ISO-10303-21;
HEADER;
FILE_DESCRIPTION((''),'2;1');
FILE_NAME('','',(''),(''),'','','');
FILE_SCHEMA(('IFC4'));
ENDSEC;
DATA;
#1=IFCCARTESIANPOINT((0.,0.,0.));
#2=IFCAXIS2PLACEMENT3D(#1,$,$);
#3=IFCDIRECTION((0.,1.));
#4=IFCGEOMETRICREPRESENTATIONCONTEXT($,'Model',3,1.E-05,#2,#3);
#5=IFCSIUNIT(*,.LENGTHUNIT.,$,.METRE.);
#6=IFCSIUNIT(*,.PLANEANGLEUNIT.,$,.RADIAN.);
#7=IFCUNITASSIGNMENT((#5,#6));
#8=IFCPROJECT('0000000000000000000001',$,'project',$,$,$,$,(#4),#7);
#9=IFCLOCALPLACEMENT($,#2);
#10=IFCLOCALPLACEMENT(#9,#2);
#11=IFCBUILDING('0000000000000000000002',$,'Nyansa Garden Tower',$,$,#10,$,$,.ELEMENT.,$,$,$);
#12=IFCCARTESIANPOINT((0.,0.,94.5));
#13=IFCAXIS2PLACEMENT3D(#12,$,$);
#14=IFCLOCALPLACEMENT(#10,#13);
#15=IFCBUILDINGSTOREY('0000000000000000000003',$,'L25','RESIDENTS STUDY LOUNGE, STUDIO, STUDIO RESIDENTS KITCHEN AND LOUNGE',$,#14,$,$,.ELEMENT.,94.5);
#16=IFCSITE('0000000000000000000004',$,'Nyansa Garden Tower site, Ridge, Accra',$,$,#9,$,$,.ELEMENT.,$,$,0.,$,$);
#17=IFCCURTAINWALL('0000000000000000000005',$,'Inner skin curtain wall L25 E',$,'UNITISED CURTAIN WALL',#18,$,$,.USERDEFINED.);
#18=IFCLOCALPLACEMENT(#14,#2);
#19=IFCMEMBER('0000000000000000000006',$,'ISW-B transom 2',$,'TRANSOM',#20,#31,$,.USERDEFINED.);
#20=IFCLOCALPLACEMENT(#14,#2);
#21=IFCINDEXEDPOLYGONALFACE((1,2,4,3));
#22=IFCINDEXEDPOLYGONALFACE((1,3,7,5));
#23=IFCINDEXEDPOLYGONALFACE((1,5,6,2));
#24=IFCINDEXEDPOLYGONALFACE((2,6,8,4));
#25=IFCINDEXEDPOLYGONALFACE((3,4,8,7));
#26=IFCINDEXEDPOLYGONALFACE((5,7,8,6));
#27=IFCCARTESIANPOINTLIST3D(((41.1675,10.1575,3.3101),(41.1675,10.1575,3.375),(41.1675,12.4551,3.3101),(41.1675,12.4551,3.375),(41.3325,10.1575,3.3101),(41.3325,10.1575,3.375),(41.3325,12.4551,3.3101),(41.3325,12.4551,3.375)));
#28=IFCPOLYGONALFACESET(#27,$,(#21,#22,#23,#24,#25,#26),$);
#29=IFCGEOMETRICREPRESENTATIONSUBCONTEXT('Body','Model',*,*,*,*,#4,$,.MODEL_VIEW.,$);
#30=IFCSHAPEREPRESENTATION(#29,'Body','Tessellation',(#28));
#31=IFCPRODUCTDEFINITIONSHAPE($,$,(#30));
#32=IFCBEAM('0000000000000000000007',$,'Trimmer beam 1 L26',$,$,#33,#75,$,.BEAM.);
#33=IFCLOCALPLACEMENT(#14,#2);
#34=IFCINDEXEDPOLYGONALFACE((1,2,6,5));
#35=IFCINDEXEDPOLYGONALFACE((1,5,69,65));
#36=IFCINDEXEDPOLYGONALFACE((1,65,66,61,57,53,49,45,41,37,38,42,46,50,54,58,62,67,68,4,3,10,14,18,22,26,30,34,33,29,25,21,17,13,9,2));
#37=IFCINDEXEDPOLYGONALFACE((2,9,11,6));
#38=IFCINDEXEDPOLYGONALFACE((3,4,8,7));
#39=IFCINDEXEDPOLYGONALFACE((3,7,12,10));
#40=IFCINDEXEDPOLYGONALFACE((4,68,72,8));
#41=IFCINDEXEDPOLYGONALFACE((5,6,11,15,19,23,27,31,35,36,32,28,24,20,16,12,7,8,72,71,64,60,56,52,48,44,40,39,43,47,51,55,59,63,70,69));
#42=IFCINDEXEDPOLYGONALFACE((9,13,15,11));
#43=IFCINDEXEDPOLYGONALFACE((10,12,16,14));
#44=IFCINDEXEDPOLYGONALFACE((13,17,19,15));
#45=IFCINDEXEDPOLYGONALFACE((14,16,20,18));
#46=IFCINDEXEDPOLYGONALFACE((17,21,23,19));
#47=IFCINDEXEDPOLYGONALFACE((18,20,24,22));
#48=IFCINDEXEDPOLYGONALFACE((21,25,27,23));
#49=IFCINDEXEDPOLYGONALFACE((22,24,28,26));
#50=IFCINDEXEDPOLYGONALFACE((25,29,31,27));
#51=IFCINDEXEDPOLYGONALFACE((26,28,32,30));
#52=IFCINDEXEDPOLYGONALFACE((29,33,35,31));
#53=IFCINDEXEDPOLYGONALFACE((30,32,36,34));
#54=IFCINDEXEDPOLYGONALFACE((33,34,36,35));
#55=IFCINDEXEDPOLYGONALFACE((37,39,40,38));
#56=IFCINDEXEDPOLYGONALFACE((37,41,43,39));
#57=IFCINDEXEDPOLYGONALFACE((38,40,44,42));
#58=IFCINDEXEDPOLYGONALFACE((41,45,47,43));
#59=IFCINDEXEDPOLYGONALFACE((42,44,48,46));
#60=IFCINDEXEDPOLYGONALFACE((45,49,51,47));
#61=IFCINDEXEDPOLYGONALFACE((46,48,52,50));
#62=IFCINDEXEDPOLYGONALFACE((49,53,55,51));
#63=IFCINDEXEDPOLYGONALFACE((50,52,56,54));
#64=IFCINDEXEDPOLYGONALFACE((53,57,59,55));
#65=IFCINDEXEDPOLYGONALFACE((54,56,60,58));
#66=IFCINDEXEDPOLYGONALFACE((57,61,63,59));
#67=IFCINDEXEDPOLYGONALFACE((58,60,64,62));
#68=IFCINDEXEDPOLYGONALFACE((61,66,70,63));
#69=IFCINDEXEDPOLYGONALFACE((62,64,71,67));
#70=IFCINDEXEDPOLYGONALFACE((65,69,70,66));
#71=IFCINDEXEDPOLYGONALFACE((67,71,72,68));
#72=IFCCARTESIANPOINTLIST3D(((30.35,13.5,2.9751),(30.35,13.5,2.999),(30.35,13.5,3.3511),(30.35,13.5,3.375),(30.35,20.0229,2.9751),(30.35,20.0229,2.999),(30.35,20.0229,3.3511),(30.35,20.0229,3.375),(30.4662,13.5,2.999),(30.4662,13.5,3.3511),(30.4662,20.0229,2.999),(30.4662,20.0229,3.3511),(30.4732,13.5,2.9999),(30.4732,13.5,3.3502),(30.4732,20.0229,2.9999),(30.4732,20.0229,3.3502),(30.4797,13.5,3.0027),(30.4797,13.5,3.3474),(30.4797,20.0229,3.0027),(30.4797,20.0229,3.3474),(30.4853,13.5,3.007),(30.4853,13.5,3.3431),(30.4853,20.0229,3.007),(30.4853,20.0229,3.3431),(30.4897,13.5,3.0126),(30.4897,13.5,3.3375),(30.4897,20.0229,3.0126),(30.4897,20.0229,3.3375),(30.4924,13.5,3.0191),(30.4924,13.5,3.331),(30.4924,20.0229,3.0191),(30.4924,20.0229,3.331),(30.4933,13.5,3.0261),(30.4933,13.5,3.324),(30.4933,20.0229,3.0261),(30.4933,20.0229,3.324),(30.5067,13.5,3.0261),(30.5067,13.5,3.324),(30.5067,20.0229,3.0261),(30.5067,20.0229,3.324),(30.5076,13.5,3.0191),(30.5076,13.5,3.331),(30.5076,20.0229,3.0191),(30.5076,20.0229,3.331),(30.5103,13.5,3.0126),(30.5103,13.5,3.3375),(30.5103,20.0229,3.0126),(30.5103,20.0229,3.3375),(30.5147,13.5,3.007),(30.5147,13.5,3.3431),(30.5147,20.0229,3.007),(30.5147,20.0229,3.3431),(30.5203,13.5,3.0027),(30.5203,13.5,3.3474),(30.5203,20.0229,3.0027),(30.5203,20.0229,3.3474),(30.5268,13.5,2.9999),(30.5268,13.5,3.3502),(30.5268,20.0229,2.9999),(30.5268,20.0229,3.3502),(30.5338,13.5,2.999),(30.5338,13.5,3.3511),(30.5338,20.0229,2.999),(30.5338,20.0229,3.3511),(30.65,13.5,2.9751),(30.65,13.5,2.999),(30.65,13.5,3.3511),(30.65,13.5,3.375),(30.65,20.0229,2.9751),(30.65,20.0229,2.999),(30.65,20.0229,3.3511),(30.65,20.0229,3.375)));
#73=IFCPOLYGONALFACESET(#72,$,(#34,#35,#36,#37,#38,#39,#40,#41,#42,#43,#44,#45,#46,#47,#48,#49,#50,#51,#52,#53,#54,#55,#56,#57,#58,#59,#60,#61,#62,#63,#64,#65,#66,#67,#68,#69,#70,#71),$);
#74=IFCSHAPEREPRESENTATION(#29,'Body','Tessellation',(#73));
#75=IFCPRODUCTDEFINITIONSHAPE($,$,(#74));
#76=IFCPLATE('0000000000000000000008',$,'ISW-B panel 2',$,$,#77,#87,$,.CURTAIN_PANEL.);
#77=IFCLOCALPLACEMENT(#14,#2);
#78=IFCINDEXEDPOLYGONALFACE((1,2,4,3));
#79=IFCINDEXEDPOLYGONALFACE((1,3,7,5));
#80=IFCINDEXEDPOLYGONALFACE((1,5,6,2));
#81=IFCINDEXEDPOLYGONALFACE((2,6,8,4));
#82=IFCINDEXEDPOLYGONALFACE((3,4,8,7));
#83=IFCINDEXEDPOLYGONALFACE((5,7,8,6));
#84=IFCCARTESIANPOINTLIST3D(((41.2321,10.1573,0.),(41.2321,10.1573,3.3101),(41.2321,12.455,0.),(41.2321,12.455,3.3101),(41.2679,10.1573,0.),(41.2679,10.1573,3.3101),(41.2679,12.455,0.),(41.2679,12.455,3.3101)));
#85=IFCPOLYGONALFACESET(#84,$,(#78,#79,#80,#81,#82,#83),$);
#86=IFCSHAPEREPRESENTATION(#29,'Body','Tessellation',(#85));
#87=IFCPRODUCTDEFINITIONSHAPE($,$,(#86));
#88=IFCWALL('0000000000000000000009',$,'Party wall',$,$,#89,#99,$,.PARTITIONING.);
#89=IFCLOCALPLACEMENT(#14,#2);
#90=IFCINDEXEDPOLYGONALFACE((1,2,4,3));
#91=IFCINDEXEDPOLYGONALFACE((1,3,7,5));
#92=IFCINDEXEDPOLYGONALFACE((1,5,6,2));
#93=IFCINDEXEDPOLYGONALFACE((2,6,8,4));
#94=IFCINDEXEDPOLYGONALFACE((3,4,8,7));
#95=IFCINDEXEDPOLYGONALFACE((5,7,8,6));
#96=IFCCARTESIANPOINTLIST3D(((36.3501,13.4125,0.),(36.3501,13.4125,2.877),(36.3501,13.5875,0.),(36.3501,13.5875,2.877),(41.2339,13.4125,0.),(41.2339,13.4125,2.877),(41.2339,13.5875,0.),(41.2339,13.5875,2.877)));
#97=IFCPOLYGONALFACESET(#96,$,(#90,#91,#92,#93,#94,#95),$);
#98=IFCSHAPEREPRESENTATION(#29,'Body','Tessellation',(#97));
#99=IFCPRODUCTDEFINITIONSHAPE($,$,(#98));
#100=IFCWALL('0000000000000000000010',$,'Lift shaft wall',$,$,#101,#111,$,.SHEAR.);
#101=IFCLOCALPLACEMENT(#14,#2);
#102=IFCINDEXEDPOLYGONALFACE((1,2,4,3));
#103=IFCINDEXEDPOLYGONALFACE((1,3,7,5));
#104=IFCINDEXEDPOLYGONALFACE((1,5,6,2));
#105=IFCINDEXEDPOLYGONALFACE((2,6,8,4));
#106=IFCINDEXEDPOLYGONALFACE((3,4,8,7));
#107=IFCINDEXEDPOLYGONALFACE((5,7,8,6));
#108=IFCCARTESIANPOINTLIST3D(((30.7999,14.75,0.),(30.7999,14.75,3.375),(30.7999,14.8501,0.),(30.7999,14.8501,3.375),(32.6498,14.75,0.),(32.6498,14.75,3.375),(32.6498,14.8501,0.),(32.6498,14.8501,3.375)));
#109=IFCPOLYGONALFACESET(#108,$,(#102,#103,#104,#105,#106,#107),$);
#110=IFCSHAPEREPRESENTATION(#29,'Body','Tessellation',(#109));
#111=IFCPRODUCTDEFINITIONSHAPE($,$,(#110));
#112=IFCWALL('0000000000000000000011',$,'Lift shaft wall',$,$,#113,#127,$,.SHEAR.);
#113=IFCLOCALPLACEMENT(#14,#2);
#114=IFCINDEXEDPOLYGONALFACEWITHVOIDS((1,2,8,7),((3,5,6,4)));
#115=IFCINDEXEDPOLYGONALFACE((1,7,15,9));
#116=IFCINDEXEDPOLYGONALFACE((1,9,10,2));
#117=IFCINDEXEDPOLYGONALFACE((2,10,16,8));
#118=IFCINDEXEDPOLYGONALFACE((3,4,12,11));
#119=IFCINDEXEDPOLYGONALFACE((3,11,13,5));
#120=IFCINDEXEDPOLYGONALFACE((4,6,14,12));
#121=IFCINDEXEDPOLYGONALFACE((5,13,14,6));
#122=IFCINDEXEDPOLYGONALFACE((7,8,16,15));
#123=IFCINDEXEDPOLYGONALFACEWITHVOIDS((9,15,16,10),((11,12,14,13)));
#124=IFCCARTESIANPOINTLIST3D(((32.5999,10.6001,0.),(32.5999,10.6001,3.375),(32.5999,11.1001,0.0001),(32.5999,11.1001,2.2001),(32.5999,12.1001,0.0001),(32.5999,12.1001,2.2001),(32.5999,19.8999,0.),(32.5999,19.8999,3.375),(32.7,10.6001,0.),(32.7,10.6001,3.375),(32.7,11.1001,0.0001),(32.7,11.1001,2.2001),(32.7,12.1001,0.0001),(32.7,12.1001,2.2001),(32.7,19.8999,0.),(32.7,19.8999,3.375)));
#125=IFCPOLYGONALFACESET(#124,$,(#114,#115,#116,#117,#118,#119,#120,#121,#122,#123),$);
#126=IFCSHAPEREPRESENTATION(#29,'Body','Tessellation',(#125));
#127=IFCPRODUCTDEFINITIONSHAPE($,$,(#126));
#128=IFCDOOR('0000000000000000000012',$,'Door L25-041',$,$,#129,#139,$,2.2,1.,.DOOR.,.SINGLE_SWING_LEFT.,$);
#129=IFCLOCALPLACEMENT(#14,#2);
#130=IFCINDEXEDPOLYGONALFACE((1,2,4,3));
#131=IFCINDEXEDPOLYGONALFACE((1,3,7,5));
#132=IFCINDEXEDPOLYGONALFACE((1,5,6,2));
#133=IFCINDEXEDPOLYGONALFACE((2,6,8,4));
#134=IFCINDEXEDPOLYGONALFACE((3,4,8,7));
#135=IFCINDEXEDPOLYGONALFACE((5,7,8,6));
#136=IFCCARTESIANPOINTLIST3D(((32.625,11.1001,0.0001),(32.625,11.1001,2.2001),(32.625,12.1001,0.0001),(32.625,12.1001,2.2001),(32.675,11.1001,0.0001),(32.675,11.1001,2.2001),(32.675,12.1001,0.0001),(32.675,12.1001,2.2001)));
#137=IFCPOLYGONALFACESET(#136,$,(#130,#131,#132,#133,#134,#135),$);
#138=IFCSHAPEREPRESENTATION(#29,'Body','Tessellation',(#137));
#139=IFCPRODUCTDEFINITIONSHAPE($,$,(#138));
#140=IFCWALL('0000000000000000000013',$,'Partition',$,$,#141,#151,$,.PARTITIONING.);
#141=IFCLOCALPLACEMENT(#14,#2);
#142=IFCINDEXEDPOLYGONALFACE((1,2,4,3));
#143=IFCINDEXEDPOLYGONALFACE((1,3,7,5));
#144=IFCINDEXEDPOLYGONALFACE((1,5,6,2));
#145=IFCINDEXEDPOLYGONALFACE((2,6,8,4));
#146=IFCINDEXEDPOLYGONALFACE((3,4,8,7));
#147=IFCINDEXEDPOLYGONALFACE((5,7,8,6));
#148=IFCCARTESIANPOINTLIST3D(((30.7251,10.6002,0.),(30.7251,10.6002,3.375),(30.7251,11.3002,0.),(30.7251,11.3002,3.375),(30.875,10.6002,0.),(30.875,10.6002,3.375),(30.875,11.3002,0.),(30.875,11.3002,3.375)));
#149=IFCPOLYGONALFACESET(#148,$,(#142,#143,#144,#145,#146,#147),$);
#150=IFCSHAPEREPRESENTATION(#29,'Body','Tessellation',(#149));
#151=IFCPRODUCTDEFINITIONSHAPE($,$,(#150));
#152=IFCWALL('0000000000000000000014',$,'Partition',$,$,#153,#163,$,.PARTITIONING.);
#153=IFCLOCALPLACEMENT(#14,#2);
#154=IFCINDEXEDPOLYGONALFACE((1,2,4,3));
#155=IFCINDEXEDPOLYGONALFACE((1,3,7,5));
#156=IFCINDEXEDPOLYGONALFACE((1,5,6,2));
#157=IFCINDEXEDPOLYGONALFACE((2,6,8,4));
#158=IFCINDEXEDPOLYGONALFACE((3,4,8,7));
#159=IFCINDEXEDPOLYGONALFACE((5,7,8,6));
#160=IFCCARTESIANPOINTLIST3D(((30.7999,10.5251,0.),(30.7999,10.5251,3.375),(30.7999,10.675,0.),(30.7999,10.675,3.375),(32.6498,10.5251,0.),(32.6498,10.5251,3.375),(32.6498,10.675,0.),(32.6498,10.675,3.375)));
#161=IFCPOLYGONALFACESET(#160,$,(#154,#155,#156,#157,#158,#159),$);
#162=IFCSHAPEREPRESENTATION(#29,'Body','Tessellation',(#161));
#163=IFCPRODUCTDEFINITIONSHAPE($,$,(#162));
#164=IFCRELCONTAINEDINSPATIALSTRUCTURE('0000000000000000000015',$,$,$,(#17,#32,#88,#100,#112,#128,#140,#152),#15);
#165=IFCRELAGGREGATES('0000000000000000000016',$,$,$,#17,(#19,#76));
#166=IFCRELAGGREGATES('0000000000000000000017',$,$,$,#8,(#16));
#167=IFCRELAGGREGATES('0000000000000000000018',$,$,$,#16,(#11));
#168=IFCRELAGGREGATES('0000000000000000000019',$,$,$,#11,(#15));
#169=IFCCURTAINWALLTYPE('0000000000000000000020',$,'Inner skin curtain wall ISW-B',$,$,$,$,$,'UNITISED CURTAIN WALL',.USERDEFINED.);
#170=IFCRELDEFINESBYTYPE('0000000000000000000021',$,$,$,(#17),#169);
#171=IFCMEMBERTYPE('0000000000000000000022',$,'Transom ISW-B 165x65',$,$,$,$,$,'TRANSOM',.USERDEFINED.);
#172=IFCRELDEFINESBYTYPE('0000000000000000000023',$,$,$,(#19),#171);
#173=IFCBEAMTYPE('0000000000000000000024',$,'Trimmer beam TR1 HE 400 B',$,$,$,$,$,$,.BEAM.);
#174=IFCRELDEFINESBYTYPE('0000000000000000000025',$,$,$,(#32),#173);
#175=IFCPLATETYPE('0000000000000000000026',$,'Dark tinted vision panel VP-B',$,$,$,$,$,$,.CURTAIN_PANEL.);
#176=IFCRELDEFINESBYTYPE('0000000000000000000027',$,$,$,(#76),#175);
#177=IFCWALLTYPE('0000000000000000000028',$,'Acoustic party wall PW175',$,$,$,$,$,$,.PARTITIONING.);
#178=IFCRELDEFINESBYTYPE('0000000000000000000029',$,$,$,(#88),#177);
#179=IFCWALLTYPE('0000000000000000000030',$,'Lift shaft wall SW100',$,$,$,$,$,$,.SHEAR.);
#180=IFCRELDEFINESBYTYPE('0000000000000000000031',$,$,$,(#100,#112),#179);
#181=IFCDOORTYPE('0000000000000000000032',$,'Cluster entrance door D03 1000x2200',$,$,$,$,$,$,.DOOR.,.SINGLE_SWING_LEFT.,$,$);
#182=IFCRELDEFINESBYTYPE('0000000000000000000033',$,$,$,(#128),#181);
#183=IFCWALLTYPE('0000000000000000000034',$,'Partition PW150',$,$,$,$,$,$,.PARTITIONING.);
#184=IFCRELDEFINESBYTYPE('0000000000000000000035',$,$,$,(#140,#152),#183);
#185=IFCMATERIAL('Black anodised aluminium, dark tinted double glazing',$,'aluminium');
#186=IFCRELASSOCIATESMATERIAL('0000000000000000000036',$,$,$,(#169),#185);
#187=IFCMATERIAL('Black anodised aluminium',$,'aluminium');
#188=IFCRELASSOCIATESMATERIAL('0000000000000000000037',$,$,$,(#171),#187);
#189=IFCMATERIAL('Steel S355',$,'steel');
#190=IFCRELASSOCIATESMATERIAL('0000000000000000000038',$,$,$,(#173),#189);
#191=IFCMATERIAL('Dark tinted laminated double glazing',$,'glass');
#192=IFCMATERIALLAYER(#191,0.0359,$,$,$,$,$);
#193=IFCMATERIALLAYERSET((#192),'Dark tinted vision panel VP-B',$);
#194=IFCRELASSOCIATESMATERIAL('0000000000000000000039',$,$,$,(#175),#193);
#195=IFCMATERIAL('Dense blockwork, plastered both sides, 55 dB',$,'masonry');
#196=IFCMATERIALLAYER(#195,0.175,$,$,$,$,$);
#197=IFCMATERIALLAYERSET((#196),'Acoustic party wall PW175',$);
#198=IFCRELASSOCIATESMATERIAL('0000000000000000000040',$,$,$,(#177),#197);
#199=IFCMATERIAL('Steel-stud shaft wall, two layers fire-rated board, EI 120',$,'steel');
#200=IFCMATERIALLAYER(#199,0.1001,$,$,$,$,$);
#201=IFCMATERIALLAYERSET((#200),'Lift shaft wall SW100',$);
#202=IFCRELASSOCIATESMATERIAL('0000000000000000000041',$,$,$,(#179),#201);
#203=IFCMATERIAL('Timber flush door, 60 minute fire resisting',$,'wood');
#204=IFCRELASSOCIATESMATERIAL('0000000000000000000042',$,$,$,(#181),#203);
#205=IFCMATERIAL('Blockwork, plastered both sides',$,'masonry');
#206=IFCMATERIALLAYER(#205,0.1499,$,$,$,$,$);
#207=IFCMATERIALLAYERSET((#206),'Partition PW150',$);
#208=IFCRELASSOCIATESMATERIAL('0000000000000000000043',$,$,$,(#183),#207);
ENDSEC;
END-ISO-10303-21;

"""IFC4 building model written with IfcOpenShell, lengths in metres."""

from ifc_helpers import new_model, si_unit, direction, frame, frame_2d, origin, origin_2d, place, context, subcontext, project, spatial, rectangle, i_section, extrude, material, layer, layer_set, material_profile, profile_set, type_object, element, fill, aggregate, save


model = new_model("IFC4")

# Units and contexts
model_context = context("Model", 3, precision=1e-05, world=origin(), true_north=direction((0.0, 1.0)))
body_context = subcontext(model_context, "Body", "Model", "MODEL_VIEW")
ifc_project = project(units=[si_unit("LENGTHUNIT", "METRE"), si_unit("PLANEANGLEUNIT", "RADIAN")], contexts=[model_context])

# Site, building, storey
site_placement = place(None, origin())
site = spatial("IfcSite", under=ifc_project, at=site_placement, Name="Nyansa Garden Tower site, Ridge, Accra", CompositionType="ELEMENT", RefElevation=0.0)
building_placement = place(site_placement, origin())
building = spatial("IfcBuilding", under=site, at=building_placement, Name="Nyansa Garden Tower", CompositionType="ELEMENT")
storey_placement = place(building_placement, frame((0.0, 0.0, 94.5)))
storey = spatial("IfcBuildingStorey", under=building, at=storey_placement, Name="L25", Description="RESIDENTS STUDY LOUNGE, STUDIO, STUDIO RESIDENTS KITCHEN AND LOUNGE", CompositionType="ELEMENT", Elevation=94.5)

# Curtain wall
ifc_material_1 = material(Name="Black anodised aluminium, dark tinted double glazing", Category="aluminium")
curtain_wall_type = type_object("IfcCurtainWallType", Name="Inner skin curtain wall ISW-B", ElementType="UNITISED CURTAIN WALL", PredefinedType="USERDEFINED", material=ifc_material_1)
curtain_wall_placement = place(storey_placement, origin())
curtain_wall = element("IfcCurtainWall", 1, at=curtain_wall_placement, inside=storey, type_object=curtain_wall_type, Name="Inner skin curtain wall L25 E", ObjectType="UNITISED CURTAIN WALL", PredefinedType="USERDEFINED")

# Member
ifc_material_2 = material(Name="Black anodised aluminium", Category="aluminium")
ifc_material_profile_1 = material_profile(ifc_material_2, rectangle(XDim=0.165, YDim=0.0649, at=origin_2d()), Name="Transom 165x65")
ifc_profile_set_1 = profile_set([ifc_material_profile_1], Name="Black anodised aluminium")
member_type_1 = type_object("IfcMemberType", Name="Transom ISW-B 165x65", ElementType="TRANSOM", PredefinedType="USERDEFINED", material=ifc_profile_set_1)
member_1_placement = place(storey_placement, frame((41.25, 10.1575, 3.3425), z_axis=(0.0, 1.0, 0.0), x_axis=(-1.0, 0.0, 0.0)))
member_1 = element("IfcMember", 2, at=member_1_placement, type_object=member_type_1, Name="ISW-B transom 2", ObjectType="TRANSOM", PredefinedType="USERDEFINED", context=body_context, shape_type="SweptSolid", body=[
    extrude(rectangle(XDim=0.165, YDim=0.0649, at=origin_2d()), origin(), (0.0, 0.0, 1.0), 2.2976),
])

# Beam
ifc_material_3 = material(Name="Steel S355", Category="steel")
ifc_material_profile_2 = material_profile(ifc_material_3, i_section(OverallWidth=0.3, OverallDepth=0.3999, WebThickness=0.0134, FlangeThickness=0.0239, FilletRadius=0.0271, at=origin_2d()), Name="HE 400 B")
ifc_profile_set_2 = profile_set([ifc_material_profile_2], Name="Steel S355")
beam_type_1 = type_object("IfcBeamType", Name="Trimmer beam TR1 HE 400 B", PredefinedType="BEAM", material=ifc_profile_set_2)
beam_1_placement = place(storey_placement, frame((30.5, 13.5, 3.175), z_axis=(0.0, 1.0, 0.0), x_axis=(-1.0, 0.0, 0.0)))
element("IfcBeam", 3, at=beam_1_placement, inside=storey, type_object=beam_type_1, Name="Trimmer beam 1 L26", PredefinedType="BEAM", context=body_context, shape_type="SweptSolid", body=[
    extrude(i_section(OverallWidth=0.3, OverallDepth=0.3999, WebThickness=0.0134, FlangeThickness=0.0239, FilletRadius=0.0271, at=origin_2d()), origin(), (0.0, 0.0, 1.0), 6.5229),
])

# Plate
ifc_material_4 = material(Name="Dark tinted laminated double glazing", Category="glass")
ifc_layer_1 = layer(ifc_material_4, 0.0359)
ifc_layer_set_1 = layer_set([ifc_layer_1], Name="Dark tinted vision panel VP-B")
plate_type = type_object("IfcPlateType", Name="Dark tinted vision panel VP-B", PredefinedType="CURTAIN_PANEL", material=ifc_layer_set_1)
plate_placement = place(storey_placement, frame((41.25, 11.3062, 0.0), z_axis=(0.0, 0.0, 1.0), x_axis=(0.0, 1.0, 0.0)))
plate = element("IfcPlate", 4, at=plate_placement, type_object=plate_type, Name="ISW-B panel 2", PredefinedType="CURTAIN_PANEL", context=body_context, shape_type="SweptSolid", body=[
    extrude(rectangle(XDim=2.2976, YDim=0.0359, at=origin_2d()), origin(), (0.0, 0.0, 1.0), 3.3101),
])
aggregate(curtain_wall, [member_1, plate])

# Walls
ifc_material_5 = material(Name="Dense blockwork, plastered both sides, 55 dB", Category="masonry")
ifc_layer_2 = layer(ifc_material_5, 0.175)
ifc_layer_set_2 = layer_set([ifc_layer_2], Name="Acoustic party wall PW175")
wall_type_1 = type_object("IfcWallType", Name="Acoustic party wall PW175", PredefinedType="PARTITIONING", material=ifc_layer_set_2)
wall_1_placement = place(storey_placement, frame((36.3501, 13.5, 0.0), z_axis=(0.0, 0.0, 1.0), x_axis=(1.0, 0.0, 0.0)))
element("IfcWall", 5, at=wall_1_placement, inside=storey, type_object=wall_type_1, Name="Party wall", PredefinedType="PARTITIONING", context=body_context, shape_type="SweptSolid", body=[
    extrude(rectangle(XDim=4.8838, YDim=0.175, at=frame_2d((2.4419, 0.0))), origin(), (0.0, 0.0, 1.0), 2.877),
])
ifc_material_6 = material(Name="Steel-stud shaft wall, two layers fire-rated board, EI 120", Category="steel")
ifc_layer_3 = layer(ifc_material_6, 0.1001)
ifc_layer_set_3 = layer_set([ifc_layer_3], Name="Lift shaft wall SW100")
wall_type_2 = type_object("IfcWallType", Name="Lift shaft wall SW100", PredefinedType="SHEAR", material=ifc_layer_set_3)
wall_2_placement = place(storey_placement, frame((30.8, 14.8, 0.0), z_axis=(0.0, 0.0, 1.0), x_axis=(1.0, 0.0, 0.0)))
element("IfcWall", 6, at=wall_2_placement, inside=storey, type_object=wall_type_2, Name="Lift shaft wall", PredefinedType="SHEAR", context=body_context, shape_type="SweptSolid", body=[
    extrude(rectangle(XDim=1.8499, YDim=0.1001, at=frame_2d((0.9248, 0.0))), origin(), (0.0, 0.0, 1.0), 3.375),
])

# Wall, opening, door
wall_3_placement = place(storey_placement, frame((32.6499, 10.6001, 0.0), z_axis=(0.0, 0.0, 1.0), x_axis=(0.0, 1.0, 0.0)))
wall_3 = element("IfcWall", 7, at=wall_3_placement, inside=storey, type_object=wall_type_2, Name="Lift shaft wall", PredefinedType="SHEAR", context=body_context, shape_type="SweptSolid", body=[
    extrude(rectangle(XDim=9.2998, YDim=0.1001, at=frame_2d((4.6499, 0.0))), origin(), (0.0, 0.0, 1.0), 3.375),
])
opening_1_placement = place(wall_3_placement, frame((0.5, 0.0, 0.0)))
opening_1 = element("IfcOpeningElement", 8, at=opening_1_placement, cuts=wall_3, PredefinedType="OPENING", context=body_context, shape_type="SweptSolid", body=[
    extrude(rectangle(XDim=1.0, YDim=2.2, at=frame_2d((0.5, 1.1001))), frame((0.0, 0.0601, 0.0), z_axis=(0.0, -1.0, 0.0), x_axis=(1.0, 0.0, 0.0)), (0.0, 0.0, 1.0), 0.1201),
])
ifc_material_7 = material(Name="Timber flush door, 60 minute fire resisting", Category="wood")
door_type_1 = type_object("IfcDoorType", Name="Cluster entrance door D03 1000x2200", OperationType="SINGLE_SWING_LEFT", PredefinedType="DOOR", material=ifc_material_7)
door_1_placement = place(opening_1_placement, origin())
door_1 = element("IfcDoor", 9, at=door_1_placement, inside=storey, type_object=door_type_1, Name="Door L25-041", OperationType="SINGLE_SWING_LEFT", OverallHeight=2.2, OverallWidth=1.0, PredefinedType="DOOR", context=body_context, shape_type="SweptSolid", body=[
    extrude(rectangle(XDim=1.0, YDim=2.2, at=frame_2d((0.5, 1.1001))), frame((0.0, 0.0249, 0.0), z_axis=(0.0, -1.0, 0.0), x_axis=(1.0, 0.0, 0.0)), (0.0, 0.0, 1.0), 0.05),
])
fill(opening_1, door_1)

# Walls
ifc_material_8 = material(Name="Blockwork, plastered both sides", Category="masonry")
ifc_layer_4 = layer(ifc_material_8, 0.1499)
ifc_layer_set_4 = layer_set([ifc_layer_4], Name="Partition PW150")
wall_type_3 = type_object("IfcWallType", Name="Partition PW150", PredefinedType="PARTITIONING", material=ifc_layer_set_4)
wall_4_placement = place(storey_placement, frame((30.8, 10.6001, 0.0), z_axis=(0.0, 0.0, 1.0), x_axis=(0.0, 1.0, 0.0)))
element("IfcWall", 10, at=wall_4_placement, inside=storey, type_object=wall_type_3, Name="Partition", PredefinedType="PARTITIONING", context=body_context, shape_type="SweptSolid", body=[
    extrude(rectangle(XDim=0.7, YDim=0.1499, at=frame_2d((0.3501, 0.0))), origin(), (0.0, 0.0, 1.0), 3.375),
])
wall_5_placement = place(storey_placement, frame((30.8, 10.6001, 0.0), z_axis=(0.0, 0.0, 1.0), x_axis=(1.0, 0.0, 0.0)))
element("IfcWall", 11, at=wall_5_placement, inside=storey, type_object=wall_type_3, Name="Partition", PredefinedType="PARTITIONING", context=body_context, shape_type="SweptSolid", body=[
    extrude(rectangle(XDim=1.8499, YDim=0.1499, at=frame_2d((0.9248, 0.0))), origin(), (0.0, 0.0, 1.0), 3.375),
])

save(model, "model.ifc")
